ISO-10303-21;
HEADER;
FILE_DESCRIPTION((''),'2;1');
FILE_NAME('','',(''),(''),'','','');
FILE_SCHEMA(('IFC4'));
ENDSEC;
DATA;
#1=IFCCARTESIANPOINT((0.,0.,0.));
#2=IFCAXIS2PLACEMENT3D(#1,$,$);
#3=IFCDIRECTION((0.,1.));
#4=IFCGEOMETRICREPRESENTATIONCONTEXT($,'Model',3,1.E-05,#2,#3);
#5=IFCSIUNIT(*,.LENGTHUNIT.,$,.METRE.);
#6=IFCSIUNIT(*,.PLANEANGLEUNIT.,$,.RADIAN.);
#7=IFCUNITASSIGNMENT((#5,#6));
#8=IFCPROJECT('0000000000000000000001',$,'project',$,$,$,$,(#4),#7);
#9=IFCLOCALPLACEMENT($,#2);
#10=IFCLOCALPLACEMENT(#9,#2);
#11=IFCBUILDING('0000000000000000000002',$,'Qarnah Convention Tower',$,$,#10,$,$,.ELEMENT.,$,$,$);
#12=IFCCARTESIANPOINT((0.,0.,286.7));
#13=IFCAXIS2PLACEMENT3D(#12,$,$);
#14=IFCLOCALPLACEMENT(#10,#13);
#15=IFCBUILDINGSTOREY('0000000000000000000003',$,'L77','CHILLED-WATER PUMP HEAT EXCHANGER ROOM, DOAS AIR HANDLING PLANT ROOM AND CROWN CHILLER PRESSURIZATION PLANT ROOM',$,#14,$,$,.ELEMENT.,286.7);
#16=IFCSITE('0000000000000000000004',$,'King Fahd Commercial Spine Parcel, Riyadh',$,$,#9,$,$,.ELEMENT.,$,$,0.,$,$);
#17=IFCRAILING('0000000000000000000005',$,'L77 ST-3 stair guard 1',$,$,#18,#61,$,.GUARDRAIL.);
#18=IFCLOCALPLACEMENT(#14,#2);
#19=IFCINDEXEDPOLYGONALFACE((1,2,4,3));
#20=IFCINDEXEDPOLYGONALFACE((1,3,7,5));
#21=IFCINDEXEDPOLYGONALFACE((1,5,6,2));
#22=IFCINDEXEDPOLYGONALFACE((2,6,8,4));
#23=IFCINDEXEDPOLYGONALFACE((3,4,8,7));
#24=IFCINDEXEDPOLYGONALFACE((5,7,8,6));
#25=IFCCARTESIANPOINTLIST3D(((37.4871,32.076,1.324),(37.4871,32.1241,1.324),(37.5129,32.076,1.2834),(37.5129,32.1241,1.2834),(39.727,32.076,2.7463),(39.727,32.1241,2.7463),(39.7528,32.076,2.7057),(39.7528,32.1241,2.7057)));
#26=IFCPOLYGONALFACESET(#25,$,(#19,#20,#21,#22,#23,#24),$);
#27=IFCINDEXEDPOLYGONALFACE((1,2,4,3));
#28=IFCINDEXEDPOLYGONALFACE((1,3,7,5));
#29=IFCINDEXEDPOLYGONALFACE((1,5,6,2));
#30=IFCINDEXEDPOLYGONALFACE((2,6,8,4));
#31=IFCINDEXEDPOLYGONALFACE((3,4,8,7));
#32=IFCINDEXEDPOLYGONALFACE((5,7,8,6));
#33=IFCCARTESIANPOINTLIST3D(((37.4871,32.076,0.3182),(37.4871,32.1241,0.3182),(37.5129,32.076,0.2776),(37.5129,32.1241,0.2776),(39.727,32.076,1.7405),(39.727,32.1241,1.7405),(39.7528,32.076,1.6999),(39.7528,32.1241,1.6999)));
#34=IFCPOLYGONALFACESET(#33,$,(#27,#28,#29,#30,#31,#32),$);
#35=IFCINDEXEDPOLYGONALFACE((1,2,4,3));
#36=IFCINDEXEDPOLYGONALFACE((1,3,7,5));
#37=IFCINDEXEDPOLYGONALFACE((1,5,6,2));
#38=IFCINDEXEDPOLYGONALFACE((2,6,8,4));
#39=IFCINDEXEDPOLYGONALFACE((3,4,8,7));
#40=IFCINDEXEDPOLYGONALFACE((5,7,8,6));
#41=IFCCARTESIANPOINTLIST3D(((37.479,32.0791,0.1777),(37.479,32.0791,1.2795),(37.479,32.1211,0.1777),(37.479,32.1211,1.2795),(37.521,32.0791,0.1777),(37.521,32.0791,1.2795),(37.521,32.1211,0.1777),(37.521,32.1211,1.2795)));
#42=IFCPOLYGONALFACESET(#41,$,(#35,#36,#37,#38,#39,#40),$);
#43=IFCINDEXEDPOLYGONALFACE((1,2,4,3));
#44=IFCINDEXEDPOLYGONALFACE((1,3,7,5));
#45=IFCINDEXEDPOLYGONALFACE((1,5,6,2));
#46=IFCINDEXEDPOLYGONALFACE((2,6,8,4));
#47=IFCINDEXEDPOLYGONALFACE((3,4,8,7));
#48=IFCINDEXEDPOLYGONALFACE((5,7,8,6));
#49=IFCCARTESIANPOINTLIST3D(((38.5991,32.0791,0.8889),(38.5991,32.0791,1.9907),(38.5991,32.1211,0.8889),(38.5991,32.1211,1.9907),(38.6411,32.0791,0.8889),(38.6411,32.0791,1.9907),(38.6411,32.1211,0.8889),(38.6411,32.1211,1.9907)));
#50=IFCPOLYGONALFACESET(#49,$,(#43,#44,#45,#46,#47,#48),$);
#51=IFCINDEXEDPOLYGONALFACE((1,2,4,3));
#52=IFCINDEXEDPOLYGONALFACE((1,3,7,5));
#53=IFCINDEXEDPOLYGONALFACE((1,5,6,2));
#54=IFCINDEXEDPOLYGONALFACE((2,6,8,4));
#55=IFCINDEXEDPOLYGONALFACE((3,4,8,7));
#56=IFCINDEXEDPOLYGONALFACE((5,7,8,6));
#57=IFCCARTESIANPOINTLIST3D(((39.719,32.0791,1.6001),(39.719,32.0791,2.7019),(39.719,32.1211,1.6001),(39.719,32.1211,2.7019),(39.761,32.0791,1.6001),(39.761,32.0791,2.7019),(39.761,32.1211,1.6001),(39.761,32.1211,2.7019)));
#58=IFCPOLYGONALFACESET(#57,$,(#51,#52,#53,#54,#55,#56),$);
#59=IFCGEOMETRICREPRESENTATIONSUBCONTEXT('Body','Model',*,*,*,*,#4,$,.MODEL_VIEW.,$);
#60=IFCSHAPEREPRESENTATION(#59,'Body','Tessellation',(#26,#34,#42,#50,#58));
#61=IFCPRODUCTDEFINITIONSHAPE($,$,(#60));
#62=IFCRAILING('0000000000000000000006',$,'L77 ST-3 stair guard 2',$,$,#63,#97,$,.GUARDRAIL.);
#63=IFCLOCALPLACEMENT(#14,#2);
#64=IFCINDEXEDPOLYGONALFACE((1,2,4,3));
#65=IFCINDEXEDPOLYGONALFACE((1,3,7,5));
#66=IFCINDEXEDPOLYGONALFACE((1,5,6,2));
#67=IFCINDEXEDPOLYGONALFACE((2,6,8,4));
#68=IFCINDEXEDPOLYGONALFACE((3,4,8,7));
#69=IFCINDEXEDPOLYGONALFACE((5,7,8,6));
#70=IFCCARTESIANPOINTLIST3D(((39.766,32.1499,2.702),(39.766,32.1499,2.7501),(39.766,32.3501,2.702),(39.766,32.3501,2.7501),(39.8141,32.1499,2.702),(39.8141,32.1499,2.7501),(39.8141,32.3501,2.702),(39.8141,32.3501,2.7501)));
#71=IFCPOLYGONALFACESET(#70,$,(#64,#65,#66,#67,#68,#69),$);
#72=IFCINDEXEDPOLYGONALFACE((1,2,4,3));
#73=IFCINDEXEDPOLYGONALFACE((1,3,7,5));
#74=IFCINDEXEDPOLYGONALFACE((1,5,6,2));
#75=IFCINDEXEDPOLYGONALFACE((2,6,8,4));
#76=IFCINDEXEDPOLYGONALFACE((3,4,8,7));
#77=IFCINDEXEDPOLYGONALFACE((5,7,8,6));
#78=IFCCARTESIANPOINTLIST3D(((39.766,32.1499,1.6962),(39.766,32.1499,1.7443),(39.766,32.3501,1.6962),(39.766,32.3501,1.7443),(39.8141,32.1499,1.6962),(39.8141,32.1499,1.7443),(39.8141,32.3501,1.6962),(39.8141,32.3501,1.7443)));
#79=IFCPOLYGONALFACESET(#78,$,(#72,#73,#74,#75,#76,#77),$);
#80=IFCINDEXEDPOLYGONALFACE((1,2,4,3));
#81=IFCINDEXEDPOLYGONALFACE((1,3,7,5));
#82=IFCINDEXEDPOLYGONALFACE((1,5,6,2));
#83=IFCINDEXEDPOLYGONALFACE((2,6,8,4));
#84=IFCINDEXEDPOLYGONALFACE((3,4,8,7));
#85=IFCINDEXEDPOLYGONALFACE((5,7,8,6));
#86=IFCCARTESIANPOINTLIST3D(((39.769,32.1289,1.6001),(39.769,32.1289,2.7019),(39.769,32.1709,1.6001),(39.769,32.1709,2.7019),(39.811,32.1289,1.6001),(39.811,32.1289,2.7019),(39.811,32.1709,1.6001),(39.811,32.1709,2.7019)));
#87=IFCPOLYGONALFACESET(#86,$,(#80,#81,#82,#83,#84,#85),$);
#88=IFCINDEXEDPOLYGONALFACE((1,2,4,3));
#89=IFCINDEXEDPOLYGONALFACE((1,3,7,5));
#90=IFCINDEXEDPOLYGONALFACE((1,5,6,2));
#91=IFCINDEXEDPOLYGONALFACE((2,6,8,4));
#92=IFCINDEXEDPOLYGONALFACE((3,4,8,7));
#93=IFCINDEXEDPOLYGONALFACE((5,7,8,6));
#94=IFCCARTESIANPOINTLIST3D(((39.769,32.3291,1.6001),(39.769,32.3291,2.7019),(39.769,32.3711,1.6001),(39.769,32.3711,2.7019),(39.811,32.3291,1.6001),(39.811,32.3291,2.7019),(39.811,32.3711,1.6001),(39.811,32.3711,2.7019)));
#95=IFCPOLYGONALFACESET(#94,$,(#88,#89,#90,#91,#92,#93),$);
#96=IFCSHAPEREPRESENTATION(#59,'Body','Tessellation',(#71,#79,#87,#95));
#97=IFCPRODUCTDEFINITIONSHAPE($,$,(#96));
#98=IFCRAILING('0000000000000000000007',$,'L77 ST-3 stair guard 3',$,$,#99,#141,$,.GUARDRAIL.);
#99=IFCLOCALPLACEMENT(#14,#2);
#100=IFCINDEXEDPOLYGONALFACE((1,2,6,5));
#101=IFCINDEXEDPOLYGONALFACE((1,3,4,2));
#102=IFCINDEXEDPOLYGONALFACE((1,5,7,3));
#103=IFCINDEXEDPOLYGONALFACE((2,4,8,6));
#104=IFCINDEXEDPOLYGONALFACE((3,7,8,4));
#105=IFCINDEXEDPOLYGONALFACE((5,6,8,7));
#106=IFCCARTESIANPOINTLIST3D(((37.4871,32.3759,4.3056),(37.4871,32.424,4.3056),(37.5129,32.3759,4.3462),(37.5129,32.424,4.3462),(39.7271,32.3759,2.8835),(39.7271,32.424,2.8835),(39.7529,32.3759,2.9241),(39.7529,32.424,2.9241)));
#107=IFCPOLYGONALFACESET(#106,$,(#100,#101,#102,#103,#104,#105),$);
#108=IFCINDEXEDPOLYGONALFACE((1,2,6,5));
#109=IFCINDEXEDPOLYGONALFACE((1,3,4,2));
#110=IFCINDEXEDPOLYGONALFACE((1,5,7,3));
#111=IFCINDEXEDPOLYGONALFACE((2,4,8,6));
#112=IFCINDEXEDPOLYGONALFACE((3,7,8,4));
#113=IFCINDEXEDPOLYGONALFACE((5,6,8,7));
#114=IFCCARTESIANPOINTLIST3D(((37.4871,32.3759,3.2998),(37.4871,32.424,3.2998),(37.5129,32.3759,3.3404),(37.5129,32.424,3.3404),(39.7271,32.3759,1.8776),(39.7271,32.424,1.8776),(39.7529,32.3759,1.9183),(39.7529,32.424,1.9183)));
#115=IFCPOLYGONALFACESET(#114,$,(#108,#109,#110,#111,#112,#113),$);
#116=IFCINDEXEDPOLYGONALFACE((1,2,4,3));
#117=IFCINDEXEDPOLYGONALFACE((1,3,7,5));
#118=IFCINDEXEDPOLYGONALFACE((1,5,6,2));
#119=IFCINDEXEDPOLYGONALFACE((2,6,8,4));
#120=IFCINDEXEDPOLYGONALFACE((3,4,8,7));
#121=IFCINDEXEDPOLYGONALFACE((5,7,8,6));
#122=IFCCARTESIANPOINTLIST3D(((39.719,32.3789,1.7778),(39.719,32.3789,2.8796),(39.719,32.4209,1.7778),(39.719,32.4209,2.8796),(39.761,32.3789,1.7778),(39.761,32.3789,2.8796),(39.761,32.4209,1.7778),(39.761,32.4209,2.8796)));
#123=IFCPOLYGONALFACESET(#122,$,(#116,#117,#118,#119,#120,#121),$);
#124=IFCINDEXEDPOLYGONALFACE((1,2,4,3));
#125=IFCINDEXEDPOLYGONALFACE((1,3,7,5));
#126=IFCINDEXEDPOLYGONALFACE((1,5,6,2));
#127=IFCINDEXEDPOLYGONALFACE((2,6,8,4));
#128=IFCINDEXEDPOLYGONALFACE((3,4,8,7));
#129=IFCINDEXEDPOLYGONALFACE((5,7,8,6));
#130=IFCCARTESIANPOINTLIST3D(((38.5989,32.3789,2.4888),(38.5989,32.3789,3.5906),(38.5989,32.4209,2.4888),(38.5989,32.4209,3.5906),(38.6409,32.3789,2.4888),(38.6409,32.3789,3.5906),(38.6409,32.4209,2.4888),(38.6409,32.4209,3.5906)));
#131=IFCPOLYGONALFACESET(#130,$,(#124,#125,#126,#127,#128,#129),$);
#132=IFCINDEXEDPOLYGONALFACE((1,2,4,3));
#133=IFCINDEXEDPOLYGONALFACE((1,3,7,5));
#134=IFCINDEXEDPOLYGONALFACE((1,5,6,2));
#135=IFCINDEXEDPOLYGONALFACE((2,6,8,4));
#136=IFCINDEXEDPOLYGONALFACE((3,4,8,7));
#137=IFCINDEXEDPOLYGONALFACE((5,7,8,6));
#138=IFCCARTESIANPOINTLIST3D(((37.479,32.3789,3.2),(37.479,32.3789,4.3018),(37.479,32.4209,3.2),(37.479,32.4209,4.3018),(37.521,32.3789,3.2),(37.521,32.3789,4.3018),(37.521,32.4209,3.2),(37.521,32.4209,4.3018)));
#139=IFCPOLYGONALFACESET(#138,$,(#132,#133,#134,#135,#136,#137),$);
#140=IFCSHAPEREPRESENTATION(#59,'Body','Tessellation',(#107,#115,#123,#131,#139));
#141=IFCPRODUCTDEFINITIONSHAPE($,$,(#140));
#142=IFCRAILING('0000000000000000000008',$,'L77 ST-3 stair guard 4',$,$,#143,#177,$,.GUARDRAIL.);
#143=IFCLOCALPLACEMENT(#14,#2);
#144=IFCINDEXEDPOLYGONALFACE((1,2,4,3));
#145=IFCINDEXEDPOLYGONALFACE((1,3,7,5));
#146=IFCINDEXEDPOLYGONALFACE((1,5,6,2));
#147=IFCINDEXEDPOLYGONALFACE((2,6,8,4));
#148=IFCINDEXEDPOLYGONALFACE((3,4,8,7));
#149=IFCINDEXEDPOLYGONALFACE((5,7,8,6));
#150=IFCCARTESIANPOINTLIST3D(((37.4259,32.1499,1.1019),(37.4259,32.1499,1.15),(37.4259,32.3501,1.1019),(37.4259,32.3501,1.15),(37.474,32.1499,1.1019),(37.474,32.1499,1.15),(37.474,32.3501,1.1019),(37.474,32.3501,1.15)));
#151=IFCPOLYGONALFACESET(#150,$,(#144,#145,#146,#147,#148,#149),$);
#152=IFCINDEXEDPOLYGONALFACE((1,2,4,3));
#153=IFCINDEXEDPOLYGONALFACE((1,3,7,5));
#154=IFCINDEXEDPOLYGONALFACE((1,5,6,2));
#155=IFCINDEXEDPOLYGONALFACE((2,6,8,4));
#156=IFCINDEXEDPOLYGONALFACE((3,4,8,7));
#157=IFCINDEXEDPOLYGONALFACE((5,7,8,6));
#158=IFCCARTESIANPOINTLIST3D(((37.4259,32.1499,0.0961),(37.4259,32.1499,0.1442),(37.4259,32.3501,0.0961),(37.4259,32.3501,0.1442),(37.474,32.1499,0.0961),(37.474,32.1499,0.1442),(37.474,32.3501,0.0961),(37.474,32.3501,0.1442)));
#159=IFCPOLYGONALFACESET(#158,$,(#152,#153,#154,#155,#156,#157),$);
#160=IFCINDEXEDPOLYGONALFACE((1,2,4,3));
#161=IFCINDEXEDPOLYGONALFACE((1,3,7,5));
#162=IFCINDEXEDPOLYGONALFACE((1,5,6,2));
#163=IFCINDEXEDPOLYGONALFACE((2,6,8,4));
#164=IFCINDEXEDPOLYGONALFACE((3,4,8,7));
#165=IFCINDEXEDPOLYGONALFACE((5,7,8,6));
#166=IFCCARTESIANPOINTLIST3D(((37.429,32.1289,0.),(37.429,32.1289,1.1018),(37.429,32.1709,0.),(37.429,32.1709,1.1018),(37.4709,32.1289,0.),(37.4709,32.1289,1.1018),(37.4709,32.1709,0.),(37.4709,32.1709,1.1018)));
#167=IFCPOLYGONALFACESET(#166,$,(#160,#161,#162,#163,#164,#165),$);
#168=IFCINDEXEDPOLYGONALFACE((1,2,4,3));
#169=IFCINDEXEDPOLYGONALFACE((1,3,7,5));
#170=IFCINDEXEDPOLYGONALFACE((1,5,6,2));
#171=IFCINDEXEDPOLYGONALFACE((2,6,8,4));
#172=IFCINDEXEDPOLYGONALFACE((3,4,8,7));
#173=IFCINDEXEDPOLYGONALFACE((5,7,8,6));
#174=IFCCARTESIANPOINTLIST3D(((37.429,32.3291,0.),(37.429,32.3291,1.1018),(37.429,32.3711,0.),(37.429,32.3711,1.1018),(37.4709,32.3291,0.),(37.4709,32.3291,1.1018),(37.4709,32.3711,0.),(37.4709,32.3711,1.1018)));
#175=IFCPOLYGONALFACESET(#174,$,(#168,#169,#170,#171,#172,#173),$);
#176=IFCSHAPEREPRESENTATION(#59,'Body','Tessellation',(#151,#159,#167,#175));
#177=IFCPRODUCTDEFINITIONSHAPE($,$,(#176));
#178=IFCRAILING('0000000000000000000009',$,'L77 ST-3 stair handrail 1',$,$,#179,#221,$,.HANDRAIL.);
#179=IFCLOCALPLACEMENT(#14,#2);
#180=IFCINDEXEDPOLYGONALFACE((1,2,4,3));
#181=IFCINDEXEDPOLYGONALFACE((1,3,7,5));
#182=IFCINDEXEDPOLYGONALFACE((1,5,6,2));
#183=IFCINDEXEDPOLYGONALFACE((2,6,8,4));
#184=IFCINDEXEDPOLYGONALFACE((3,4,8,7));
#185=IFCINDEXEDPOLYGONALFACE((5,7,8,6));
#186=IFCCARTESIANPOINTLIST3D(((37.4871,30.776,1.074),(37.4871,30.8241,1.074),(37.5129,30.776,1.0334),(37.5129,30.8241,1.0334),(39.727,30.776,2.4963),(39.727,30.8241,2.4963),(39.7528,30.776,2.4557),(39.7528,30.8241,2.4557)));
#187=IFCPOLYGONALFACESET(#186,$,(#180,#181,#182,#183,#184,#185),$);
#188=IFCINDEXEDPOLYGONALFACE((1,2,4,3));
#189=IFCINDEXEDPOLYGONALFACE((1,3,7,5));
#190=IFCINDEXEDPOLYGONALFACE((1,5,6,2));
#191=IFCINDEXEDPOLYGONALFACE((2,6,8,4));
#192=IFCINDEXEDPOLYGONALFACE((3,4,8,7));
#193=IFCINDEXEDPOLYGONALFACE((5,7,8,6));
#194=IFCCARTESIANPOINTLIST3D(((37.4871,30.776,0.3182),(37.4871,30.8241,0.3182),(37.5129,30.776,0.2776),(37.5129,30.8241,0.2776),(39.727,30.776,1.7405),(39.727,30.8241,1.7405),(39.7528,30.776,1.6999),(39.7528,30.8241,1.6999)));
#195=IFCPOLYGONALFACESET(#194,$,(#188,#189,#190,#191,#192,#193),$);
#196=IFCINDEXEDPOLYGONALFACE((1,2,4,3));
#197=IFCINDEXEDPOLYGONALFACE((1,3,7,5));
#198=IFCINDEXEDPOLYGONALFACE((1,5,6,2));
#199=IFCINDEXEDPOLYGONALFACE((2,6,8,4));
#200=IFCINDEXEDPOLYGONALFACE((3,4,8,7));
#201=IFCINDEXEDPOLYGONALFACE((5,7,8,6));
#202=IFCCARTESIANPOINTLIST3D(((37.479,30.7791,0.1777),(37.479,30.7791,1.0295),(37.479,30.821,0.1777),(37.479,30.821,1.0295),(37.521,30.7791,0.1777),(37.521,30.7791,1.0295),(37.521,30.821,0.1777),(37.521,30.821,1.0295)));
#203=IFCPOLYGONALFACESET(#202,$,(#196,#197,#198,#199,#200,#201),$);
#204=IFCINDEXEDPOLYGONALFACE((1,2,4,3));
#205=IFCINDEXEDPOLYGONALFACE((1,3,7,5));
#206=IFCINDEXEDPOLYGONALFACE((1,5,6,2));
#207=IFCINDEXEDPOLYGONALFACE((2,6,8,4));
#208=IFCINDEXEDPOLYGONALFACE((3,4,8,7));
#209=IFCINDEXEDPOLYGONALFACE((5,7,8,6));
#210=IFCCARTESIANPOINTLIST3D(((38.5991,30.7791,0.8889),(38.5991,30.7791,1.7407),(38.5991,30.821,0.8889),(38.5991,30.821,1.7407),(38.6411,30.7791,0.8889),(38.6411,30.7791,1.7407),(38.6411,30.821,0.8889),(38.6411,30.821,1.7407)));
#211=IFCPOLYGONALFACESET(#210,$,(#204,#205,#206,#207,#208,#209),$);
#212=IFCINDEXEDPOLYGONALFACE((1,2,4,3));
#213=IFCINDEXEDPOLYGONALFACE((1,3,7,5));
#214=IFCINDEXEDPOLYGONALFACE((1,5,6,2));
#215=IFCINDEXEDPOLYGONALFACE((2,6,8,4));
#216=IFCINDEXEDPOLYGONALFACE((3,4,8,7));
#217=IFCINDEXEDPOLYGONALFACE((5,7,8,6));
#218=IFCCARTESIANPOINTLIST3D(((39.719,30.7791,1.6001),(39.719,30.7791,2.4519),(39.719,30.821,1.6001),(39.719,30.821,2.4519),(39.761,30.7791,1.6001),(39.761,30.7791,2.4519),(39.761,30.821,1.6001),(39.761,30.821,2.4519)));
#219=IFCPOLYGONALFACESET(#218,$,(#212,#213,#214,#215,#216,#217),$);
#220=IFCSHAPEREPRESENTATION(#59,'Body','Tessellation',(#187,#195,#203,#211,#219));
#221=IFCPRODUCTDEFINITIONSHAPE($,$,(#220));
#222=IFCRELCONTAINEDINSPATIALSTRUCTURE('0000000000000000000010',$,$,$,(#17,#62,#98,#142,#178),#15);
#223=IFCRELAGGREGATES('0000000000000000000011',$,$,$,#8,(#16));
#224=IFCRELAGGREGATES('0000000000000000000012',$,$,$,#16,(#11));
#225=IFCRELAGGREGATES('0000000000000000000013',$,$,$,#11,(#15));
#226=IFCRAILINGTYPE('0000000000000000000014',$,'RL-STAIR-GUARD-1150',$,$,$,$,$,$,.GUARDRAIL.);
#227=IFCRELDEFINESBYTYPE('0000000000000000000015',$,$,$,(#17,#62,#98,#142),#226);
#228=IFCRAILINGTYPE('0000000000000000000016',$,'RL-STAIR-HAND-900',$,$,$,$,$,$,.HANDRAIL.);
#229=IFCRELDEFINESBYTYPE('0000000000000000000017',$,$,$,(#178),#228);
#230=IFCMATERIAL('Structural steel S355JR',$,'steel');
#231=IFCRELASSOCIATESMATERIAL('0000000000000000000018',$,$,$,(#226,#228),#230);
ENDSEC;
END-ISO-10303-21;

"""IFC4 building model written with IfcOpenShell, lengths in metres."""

from ifc_helpers import new_model, si_unit, direction, frame, origin, origin_2d, place, context, subcontext, project, spatial, rectangle, extrude, material, type_object, element, save


model = new_model("IFC4")

# Units and contexts
model_context = context("Model", 3, precision=1e-05, world=origin(), true_north=direction((0.0, 1.0)))
body_context = subcontext(model_context, "Body", "Model", "MODEL_VIEW")
ifc_project = project(units=[si_unit("LENGTHUNIT", "METRE"), si_unit("PLANEANGLEUNIT", "RADIAN")], contexts=[model_context])

# Site, building, storey
site_placement = place(None, origin())
site = spatial("IfcSite", under=ifc_project, at=site_placement, Name="King Fahd Commercial Spine Parcel, Riyadh", CompositionType="ELEMENT", RefElevation=0.0)
building_placement = place(site_placement, origin())
building = spatial("IfcBuilding", under=site, at=building_placement, Name="Qarnah Convention Tower", CompositionType="ELEMENT")
storey_placement = place(building_placement, frame((0.0, 0.0, 286.7)))
storey = spatial("IfcBuildingStorey", under=building, at=storey_placement, Name="L77", Description="CHILLED-WATER PUMP HEAT EXCHANGER ROOM, DOAS AIR HANDLING PLANT ROOM AND CROWN CHILLER PRESSURIZATION PLANT ROOM", CompositionType="ELEMENT", Elevation=286.7)

# Shared definitions
ifc_material_1 = material(Name="Structural steel S355JR", Category="steel")

# Railings
railing_type_1 = type_object("IfcRailingType", Name="RL-STAIR-GUARD-1150", PredefinedType="GUARDRAIL", material=ifc_material_1)
railing_1_placement = place(storey_placement, frame((37.5, 32.1001, 0.1777)))
element("IfcRailing", 1, at=railing_1_placement, inside=storey, type_object=railing_type_1, Name="L77 ST-3 stair guard 1", PredefinedType="GUARDRAIL", context=body_context, shape_type="SweptSolid", body=[
    extrude(rectangle(XDim=0.0481, YDim=0.0481, at=origin_2d()), frame((0.0, 0.0, 1.126), z_axis=(0.844188, 0.0, 0.536048), x_axis=(0.0, 1.0, 0.0)), (0.0, 0.0, 1.0), 2.6533),
    extrude(rectangle(XDim=0.0481, YDim=0.0481, at=origin_2d()), frame((0.0, 0.0, 0.1201), z_axis=(0.844188, 0.0, 0.536048), x_axis=(0.0, 1.0, 0.0)), (0.0, 0.0, 1.0), 2.6533),
    extrude(rectangle(XDim=0.042, YDim=0.042, at=origin_2d()), origin(), (0.0, 0.0, 1.0), 1.1018),
    extrude(rectangle(XDim=0.042, YDim=0.042, at=origin_2d()), frame((1.1201, 0.0, 0.7112)), (0.0, 0.0, 1.0), 1.1018),
    extrude(rectangle(XDim=0.042, YDim=0.042, at=origin_2d()), frame((2.24, 0.0, 1.4224)), (0.0, 0.0, 1.0), 1.1018),
])
railing_2_placement = place(storey_placement, frame((39.79, 32.1499, 1.6001)))
element("IfcRailing", 2, at=railing_2_placement, inside=storey, type_object=railing_type_1, Name="L77 ST-3 stair guard 2", PredefinedType="GUARDRAIL", context=body_context, shape_type="SweptSolid", body=[
    extrude(rectangle(XDim=0.0481, YDim=0.0481, at=origin_2d()), frame((0.0, 0.0, 1.126), z_axis=(0.0, 1.0, 0.0), x_axis=(-1.0, 0.0, 0.0)), (0.0, 0.0, 1.0), 0.2002),
    extrude(rectangle(XDim=0.0481, YDim=0.0481, at=origin_2d()), frame((0.0, 0.0, 0.1201), z_axis=(0.0, 1.0, 0.0), x_axis=(-1.0, 0.0, 0.0)), (0.0, 0.0, 1.0), 0.2002),
    extrude(rectangle(XDim=0.042, YDim=0.042, at=origin_2d()), origin(), (0.0, 0.0, 1.0), 1.1018),
    extrude(rectangle(XDim=0.042, YDim=0.042, at=origin_2d()), frame((0.0, 0.2002, 0.0)), (0.0, 0.0, 1.0), 1.1018),
])
railing_3_placement = place(storey_placement, frame((39.74, 32.3999, 1.7778)))
element("IfcRailing", 3, at=railing_3_placement, inside=storey, type_object=railing_type_1, Name="L77 ST-3 stair guard 3", PredefinedType="GUARDRAIL", context=body_context, shape_type="SweptSolid", body=[
    extrude(rectangle(XDim=0.0481, YDim=0.0481, at=origin_2d()), frame((0.0, 0.0, 1.126), z_axis=(-0.844229, 0.0, 0.535982), x_axis=(0.0, -1.0, 0.0)), (0.0, 0.0, 1.0), 2.6533),
    extrude(rectangle(XDim=0.0481, YDim=0.0481, at=origin_2d()), frame((0.0, 0.0, 0.1201), z_axis=(-0.844229, 0.0, 0.535982), x_axis=(0.0, -1.0, 0.0)), (0.0, 0.0, 1.0), 2.6533),
    extrude(rectangle(XDim=0.042, YDim=0.042, at=origin_2d()), origin(), (0.0, 0.0, 1.0), 1.1018),
    extrude(rectangle(XDim=0.042, YDim=0.042, at=origin_2d()), frame((-1.1201, 0.0, 0.7109)), (0.0, 0.0, 1.0), 1.1018),
    extrude(rectangle(XDim=0.042, YDim=0.042, at=origin_2d()), frame((-2.24, 0.0, 1.4221)), (0.0, 0.0, 1.0), 1.1018),
])
railing_4_placement = place(storey_placement, frame((37.45, 32.1499, 0.0)))
element("IfcRailing", 4, at=railing_4_placement, inside=storey, type_object=railing_type_1, Name="L77 ST-3 stair guard 4", PredefinedType="GUARDRAIL", context=body_context, shape_type="SweptSolid", body=[
    extrude(rectangle(XDim=0.0481, YDim=0.0481, at=origin_2d()), frame((0.0, 0.0, 1.126), z_axis=(0.0, 1.0, 0.0), x_axis=(-1.0, 0.0, 0.0)), (0.0, 0.0, 1.0), 0.2002),
    extrude(rectangle(XDim=0.0481, YDim=0.0481, at=origin_2d()), frame((0.0, 0.0, 0.1201), z_axis=(0.0, 1.0, 0.0), x_axis=(-1.0, 0.0, 0.0)), (0.0, 0.0, 1.0), 0.2002),
    extrude(rectangle(XDim=0.042, YDim=0.042, at=origin_2d()), origin(), (0.0, 0.0, 1.0), 1.1018),
    extrude(rectangle(XDim=0.042, YDim=0.042, at=origin_2d()), frame((0.0, 0.2002, 0.0)), (0.0, 0.0, 1.0), 1.1018),
])
railing_type_2 = type_object("IfcRailingType", Name="RL-STAIR-HAND-900", PredefinedType="HANDRAIL", material=ifc_material_1)
railing_5_placement = place(storey_placement, frame((37.5, 30.8, 0.1777)))
element("IfcRailing", 5, at=railing_5_placement, inside=storey, type_object=railing_type_2, Name="L77 ST-3 stair handrail 1", PredefinedType="HANDRAIL", context=body_context, shape_type="SweptSolid", body=[
    extrude(rectangle(XDim=0.0481, YDim=0.0481, at=origin_2d()), frame((0.0, 0.0, 0.876), z_axis=(0.844188, 0.0, 0.536048), x_axis=(0.0, 1.0, 0.0)), (0.0, 0.0, 1.0), 2.6533),
    extrude(rectangle(XDim=0.0481, YDim=0.0481, at=origin_2d()), frame((0.0, 0.0, 0.1201), z_axis=(0.844188, 0.0, 0.536048), x_axis=(0.0, 1.0, 0.0)), (0.0, 0.0, 1.0), 2.6533),
    extrude(rectangle(XDim=0.042, YDim=0.042, at=origin_2d()), origin(), (0.0, 0.0, 1.0), 0.8518),
    extrude(rectangle(XDim=0.042, YDim=0.042, at=origin_2d()), frame((1.1201, 0.0, 0.7112)), (0.0, 0.0, 1.0), 0.8518),
    extrude(rectangle(XDim=0.042, YDim=0.042, at=origin_2d()), frame((2.24, 0.0, 1.4224)), (0.0, 0.0, 1.0), 0.8518),
])

save(model, "model.ifc")
